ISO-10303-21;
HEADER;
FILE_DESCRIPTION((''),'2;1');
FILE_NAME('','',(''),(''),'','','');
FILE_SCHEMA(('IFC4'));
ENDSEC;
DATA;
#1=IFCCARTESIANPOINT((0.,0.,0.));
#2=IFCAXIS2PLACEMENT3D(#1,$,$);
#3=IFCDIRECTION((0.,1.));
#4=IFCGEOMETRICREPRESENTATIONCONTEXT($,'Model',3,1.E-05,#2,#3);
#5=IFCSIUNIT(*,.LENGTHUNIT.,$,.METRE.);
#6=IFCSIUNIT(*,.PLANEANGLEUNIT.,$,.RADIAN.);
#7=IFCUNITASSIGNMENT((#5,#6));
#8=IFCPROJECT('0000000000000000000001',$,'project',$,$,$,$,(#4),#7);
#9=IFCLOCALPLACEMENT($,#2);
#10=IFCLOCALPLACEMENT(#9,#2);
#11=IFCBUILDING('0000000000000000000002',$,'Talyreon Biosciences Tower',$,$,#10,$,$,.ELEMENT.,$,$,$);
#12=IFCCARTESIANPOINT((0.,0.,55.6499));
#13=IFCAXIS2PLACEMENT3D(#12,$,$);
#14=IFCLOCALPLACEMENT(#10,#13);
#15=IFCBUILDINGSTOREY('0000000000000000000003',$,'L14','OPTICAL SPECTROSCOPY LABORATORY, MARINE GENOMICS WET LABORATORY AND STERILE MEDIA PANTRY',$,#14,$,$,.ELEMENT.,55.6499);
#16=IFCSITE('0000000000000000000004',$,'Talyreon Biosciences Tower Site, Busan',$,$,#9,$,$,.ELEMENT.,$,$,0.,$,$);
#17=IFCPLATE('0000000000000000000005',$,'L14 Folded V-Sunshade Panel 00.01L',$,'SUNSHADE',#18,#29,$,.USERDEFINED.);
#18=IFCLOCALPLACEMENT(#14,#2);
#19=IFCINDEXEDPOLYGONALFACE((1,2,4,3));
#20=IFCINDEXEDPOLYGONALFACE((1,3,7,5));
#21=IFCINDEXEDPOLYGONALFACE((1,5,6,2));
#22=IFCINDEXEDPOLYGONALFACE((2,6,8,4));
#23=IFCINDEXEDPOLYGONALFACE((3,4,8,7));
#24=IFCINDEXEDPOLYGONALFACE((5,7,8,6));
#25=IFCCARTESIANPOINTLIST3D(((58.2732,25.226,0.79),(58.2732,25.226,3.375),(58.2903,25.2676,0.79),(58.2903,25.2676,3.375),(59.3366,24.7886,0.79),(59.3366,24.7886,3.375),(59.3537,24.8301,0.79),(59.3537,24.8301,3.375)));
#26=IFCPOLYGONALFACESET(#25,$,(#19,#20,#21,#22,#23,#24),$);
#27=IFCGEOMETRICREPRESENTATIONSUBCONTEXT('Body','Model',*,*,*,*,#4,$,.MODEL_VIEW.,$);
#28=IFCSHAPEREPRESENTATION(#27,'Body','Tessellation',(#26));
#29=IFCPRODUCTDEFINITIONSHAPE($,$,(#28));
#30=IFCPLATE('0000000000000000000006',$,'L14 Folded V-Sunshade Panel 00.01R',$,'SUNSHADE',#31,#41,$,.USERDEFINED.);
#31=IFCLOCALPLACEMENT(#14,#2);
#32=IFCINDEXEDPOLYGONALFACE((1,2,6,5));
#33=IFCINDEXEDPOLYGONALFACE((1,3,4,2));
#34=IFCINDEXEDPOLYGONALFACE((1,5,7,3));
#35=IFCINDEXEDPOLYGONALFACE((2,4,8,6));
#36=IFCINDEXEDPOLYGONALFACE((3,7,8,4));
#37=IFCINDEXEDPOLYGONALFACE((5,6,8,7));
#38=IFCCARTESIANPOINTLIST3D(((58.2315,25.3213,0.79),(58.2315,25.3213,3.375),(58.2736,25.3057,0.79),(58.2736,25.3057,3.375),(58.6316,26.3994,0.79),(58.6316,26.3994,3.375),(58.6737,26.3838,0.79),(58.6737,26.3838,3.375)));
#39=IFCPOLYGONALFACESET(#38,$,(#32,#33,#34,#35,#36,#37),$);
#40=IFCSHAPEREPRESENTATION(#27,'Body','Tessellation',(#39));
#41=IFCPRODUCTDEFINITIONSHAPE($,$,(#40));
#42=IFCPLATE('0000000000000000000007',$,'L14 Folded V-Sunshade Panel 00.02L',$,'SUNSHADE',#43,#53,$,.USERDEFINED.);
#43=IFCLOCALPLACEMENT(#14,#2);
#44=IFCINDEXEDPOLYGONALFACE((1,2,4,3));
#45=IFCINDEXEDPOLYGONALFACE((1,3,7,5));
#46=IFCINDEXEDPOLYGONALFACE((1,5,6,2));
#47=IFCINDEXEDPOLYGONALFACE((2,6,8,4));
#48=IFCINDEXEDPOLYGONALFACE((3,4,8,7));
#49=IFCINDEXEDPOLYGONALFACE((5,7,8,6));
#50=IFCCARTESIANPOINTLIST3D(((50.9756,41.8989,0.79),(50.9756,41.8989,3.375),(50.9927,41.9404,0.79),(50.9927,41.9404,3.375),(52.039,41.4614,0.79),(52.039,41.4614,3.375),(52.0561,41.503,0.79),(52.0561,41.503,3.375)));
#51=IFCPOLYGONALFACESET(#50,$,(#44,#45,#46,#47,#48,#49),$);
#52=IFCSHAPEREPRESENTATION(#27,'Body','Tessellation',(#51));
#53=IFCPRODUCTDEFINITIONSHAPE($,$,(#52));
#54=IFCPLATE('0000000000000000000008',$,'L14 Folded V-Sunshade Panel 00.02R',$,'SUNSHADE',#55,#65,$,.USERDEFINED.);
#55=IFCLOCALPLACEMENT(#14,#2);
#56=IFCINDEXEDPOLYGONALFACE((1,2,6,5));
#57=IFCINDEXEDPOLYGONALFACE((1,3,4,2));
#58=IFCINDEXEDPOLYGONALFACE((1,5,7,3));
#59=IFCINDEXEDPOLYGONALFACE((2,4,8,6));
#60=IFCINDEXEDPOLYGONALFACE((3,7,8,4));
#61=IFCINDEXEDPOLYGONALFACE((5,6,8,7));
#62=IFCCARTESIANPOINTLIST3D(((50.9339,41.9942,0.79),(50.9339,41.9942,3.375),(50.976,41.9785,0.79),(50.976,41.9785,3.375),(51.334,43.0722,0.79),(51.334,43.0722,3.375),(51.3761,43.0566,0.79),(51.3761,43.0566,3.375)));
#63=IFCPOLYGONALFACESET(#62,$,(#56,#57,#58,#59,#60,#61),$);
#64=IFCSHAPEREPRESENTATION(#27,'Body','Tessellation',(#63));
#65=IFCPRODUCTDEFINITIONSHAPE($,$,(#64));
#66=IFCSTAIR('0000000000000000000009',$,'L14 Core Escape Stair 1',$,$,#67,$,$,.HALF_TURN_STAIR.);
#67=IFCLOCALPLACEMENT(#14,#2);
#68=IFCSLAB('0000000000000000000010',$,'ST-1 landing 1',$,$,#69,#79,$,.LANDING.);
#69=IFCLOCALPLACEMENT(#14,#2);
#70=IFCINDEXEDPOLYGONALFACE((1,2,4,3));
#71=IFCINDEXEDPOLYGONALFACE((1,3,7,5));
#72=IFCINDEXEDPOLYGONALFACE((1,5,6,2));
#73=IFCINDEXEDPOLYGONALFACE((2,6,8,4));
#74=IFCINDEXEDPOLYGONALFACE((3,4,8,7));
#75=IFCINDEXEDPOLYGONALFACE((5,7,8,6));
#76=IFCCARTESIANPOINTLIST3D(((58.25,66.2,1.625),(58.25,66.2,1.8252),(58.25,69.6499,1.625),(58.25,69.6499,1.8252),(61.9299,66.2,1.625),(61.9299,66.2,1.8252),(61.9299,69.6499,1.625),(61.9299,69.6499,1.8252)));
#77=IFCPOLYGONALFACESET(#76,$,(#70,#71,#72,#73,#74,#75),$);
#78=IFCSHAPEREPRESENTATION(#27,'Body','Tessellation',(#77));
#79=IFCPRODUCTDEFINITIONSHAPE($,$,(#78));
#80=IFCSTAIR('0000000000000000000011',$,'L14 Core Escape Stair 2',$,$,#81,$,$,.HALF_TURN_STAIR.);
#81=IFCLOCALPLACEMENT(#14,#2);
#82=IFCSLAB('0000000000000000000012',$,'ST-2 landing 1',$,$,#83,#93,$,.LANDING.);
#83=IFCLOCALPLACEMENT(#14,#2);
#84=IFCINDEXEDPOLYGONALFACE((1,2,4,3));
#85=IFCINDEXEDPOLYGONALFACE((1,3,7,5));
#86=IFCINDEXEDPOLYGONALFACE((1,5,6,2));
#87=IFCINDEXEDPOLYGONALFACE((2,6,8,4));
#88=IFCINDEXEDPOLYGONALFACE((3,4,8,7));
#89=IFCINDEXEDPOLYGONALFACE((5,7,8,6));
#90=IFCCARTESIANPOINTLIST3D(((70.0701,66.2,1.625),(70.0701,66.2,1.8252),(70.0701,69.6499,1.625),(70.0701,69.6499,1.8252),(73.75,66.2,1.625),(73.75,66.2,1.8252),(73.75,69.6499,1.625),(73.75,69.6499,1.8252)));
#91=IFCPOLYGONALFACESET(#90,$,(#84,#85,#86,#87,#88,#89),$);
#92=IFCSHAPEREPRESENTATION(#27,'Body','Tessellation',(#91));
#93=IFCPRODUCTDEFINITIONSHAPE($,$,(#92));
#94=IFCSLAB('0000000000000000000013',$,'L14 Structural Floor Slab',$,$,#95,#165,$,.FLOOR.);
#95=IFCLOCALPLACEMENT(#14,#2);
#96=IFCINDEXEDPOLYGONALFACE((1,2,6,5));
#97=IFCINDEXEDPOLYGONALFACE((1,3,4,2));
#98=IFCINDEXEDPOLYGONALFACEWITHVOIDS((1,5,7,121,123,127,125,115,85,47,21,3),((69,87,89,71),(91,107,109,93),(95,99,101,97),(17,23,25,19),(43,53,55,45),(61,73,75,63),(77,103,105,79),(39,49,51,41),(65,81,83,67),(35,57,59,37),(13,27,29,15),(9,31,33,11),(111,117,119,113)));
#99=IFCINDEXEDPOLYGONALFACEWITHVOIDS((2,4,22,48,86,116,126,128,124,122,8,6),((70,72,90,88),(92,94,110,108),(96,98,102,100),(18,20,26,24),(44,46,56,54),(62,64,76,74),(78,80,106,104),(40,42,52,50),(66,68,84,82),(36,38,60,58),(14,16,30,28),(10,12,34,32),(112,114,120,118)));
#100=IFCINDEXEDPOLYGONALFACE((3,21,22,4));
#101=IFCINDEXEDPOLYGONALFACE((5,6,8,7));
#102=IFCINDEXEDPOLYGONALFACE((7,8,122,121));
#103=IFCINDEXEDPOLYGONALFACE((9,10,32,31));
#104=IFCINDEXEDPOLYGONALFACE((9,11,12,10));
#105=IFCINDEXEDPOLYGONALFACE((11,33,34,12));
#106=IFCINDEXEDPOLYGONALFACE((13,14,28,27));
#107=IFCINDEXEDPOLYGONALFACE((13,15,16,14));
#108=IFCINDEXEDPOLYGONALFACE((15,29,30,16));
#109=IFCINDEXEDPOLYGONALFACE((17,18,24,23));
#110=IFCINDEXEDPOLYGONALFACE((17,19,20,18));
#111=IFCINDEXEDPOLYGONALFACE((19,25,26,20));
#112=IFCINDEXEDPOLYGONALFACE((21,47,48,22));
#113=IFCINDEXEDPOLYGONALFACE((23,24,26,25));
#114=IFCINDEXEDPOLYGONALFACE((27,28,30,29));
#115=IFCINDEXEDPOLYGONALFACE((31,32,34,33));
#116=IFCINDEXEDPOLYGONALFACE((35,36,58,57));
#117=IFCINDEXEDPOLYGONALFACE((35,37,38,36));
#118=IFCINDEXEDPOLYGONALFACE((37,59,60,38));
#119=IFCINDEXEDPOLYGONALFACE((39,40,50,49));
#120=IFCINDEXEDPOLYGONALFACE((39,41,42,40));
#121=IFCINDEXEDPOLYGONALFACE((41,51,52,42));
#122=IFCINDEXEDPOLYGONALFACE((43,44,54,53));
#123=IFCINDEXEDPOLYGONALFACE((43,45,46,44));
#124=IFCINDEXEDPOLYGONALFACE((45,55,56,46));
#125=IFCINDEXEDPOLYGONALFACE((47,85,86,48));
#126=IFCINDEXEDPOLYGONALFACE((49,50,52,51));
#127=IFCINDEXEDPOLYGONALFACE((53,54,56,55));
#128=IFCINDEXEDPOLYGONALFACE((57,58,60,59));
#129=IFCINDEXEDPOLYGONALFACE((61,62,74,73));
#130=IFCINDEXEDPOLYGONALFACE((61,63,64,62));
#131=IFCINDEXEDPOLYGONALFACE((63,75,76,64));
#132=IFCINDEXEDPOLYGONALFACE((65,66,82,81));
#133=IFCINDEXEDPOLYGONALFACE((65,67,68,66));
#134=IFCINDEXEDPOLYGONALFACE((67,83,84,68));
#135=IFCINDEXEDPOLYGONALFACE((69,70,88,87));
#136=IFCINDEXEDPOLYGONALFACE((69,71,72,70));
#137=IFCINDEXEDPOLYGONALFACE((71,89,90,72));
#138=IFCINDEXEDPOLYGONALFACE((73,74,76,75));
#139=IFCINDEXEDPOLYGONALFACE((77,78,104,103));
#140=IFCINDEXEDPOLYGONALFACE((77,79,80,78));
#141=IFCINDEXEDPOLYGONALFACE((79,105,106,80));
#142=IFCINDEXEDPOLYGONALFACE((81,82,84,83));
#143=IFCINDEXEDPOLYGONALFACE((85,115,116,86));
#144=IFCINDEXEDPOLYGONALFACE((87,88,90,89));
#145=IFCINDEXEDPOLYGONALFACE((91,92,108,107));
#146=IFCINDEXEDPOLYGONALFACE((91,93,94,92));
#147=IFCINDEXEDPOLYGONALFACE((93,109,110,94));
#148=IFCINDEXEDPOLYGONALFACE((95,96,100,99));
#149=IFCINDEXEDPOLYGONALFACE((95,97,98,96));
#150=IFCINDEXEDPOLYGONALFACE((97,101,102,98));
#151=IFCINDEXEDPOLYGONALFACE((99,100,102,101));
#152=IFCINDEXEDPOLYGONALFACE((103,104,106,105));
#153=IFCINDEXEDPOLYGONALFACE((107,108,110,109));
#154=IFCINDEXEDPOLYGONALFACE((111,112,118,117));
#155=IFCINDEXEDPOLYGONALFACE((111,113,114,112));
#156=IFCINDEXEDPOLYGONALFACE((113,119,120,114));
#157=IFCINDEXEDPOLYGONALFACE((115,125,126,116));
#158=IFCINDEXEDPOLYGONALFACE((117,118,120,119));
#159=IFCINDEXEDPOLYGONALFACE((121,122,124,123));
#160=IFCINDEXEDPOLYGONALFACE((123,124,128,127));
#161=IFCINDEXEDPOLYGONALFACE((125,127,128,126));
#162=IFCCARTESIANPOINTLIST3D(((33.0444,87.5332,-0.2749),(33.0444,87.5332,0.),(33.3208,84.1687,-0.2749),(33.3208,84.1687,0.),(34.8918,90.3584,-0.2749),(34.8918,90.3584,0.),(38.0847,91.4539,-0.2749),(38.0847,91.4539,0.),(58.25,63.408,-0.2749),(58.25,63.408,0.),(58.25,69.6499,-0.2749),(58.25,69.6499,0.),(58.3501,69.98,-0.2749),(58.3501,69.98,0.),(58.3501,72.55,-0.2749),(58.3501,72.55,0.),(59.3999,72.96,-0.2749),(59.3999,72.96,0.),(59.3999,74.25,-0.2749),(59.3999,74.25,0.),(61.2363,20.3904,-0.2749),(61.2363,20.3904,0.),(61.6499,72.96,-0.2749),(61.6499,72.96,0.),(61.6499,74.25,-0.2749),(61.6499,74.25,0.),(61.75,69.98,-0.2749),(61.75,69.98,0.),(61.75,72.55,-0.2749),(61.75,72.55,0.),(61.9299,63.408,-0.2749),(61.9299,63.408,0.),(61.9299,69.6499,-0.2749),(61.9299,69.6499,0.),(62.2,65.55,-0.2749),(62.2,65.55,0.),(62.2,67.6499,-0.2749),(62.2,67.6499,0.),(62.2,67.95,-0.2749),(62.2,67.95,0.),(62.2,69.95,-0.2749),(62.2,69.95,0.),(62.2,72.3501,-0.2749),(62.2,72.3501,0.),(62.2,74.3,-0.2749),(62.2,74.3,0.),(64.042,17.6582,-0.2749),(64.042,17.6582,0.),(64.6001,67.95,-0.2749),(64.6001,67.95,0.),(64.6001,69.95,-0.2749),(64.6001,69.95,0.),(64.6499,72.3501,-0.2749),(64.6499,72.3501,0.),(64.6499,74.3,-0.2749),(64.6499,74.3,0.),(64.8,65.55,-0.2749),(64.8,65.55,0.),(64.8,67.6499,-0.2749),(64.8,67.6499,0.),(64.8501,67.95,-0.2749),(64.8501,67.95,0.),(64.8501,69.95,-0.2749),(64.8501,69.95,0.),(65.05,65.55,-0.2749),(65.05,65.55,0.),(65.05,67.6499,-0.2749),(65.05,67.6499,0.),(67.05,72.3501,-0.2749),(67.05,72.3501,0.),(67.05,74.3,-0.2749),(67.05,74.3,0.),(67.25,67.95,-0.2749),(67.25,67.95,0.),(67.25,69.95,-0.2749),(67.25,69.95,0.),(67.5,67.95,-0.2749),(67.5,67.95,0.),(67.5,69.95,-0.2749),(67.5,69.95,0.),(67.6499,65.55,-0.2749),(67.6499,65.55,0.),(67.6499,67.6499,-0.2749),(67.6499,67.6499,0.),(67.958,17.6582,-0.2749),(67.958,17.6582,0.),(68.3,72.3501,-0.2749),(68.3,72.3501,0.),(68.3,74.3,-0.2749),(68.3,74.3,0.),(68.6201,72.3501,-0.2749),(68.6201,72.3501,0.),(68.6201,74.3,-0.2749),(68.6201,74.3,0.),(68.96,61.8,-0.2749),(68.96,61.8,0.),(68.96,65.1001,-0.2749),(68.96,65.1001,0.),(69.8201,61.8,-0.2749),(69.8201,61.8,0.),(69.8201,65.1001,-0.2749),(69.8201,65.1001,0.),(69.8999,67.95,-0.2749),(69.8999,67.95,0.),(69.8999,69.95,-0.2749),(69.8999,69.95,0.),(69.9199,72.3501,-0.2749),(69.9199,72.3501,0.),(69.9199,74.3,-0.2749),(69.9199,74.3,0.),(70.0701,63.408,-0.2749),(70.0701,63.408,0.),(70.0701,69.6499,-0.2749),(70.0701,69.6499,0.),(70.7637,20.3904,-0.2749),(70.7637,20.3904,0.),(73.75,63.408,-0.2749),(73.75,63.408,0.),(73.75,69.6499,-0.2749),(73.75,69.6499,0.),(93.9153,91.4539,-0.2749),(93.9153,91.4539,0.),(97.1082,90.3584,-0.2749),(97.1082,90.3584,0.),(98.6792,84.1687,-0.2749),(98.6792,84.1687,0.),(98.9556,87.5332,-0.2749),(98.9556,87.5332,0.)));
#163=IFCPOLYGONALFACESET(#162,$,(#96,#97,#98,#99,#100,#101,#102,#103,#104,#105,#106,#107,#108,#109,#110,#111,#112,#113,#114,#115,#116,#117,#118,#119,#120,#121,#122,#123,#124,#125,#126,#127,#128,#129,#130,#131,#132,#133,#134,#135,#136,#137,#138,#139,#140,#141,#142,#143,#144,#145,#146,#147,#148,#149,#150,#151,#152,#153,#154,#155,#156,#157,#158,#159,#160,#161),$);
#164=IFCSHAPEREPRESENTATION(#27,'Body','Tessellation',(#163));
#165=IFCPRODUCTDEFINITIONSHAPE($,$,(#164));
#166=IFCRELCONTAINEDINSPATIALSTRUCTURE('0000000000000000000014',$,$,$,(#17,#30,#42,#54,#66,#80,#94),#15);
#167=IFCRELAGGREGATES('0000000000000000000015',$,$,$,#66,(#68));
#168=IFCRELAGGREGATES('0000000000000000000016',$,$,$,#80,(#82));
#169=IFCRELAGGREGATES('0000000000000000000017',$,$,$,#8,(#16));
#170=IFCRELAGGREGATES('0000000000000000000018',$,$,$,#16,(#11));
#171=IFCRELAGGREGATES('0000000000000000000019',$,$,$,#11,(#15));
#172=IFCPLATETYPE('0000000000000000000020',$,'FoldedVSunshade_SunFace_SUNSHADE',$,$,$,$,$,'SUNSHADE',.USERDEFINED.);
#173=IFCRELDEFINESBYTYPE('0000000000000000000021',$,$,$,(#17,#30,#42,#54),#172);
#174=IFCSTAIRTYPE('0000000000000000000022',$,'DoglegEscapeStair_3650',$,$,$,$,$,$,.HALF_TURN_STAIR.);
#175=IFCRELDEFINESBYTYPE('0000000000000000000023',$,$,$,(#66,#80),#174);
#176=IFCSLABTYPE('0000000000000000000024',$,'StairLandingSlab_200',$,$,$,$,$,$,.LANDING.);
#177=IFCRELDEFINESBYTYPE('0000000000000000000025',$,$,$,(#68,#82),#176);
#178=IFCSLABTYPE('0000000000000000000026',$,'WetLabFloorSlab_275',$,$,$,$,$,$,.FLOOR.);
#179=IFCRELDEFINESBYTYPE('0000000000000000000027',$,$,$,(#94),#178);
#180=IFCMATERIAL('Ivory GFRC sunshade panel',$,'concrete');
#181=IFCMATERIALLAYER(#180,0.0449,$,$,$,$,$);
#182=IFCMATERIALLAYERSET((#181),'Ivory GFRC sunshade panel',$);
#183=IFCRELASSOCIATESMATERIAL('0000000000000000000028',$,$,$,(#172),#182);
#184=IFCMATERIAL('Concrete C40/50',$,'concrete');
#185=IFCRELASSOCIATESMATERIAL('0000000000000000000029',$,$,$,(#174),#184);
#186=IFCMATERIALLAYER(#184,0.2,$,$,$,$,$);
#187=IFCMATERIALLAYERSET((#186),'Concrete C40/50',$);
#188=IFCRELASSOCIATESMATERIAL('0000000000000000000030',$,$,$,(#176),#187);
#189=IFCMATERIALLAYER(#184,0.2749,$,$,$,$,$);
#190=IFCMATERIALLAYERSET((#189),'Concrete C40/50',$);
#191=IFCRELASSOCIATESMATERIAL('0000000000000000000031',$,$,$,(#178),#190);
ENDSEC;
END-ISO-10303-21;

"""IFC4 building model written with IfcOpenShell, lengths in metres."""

from ifc_helpers import new_model, si_unit, direction, frame, origin, origin_2d, place, context, subcontext, project, spatial, polyline, rectangle, outline, extrude, material, layer, layer_set, type_object, element, aggregate, save


model = new_model("IFC4")

# Units and contexts
model_context = context("Model", 3, precision=1e-05, world=origin(), true_north=direction((0.0, 1.0)))
body_context = subcontext(model_context, "Body", "Model", "MODEL_VIEW")
ifc_project = project(units=[si_unit("LENGTHUNIT", "METRE"), si_unit("PLANEANGLEUNIT", "RADIAN")], contexts=[model_context])

# Site, building, storey
site_placement = place(None, origin())
site = spatial("IfcSite", under=ifc_project, at=site_placement, Name="Talyreon Biosciences Tower Site, Busan", CompositionType="ELEMENT", RefElevation=0.0)
building_placement = place(site_placement, origin())
building = spatial("IfcBuilding", under=site, at=building_placement, Name="Talyreon Biosciences Tower", CompositionType="ELEMENT")
storey_placement = place(building_placement, frame((0.0, 0.0, 55.6499)))
storey = spatial("IfcBuildingStorey", under=building, at=storey_placement, Name="L14", Description="OPTICAL SPECTROSCOPY LABORATORY, MARINE GENOMICS WET LABORATORY AND STERILE MEDIA PANTRY", CompositionType="ELEMENT", Elevation=55.6499)

# Plates
ifc_material_1 = material(Name="Ivory GFRC sunshade panel", Category="concrete")
ifc_layer_1 = layer(ifc_material_1, 0.0449)
ifc_layer_set_1 = layer_set([ifc_layer_1], Name="Ivory GFRC sunshade panel")
plate_type_1 = type_object("IfcPlateType", Name="FoldedVSunshade_SunFace_SUNSHADE", ElementType="SUNSHADE", PredefinedType="USERDEFINED", material=ifc_layer_set_1)
for number, where, z_axis, x_axis, name in (
    (1, (58.8135, 25.0281, 0.79), (0.0, 0.0, 1.0), (-0.924805, 0.380441, 0.0), "L14 Folded V-Sunshade Panel 00.01L"),
    (2, (58.4526, 25.8525, 0.79), (0.0, 0.0, 1.0), (0.347934, 0.937519, 0.0), "L14 Folded V-Sunshade Panel 00.01R"),
    (3, (51.5159, 41.7009, 0.79), (0.0, 0.0, 1.0), (-0.924805, 0.380441, 0.0), "L14 Folded V-Sunshade Panel 00.02L"),
    (4, (51.155, 42.5254, 0.79), (0.0, 0.0, 1.0), (0.347934, 0.937519, 0.0), "L14 Folded V-Sunshade Panel 00.02R"),
):
    element("IfcPlate", number, at=place(storey_placement, frame(where, z_axis=z_axis, x_axis=x_axis)), inside=storey, type_object=plate_type_1, Name=name, ObjectType="SUNSHADE", PredefinedType="USERDEFINED", context=body_context, shape_type="SweptSolid", body=[
        extrude(rectangle(XDim=1.1499, YDim=0.0449, at=origin_2d()), origin(), (0.0, 0.0, 1.0), 2.585),
    ])

# Stairs, slabs
ifc_material_2 = material(Name="Concrete C40/50", Category="concrete")
stair_type = type_object("IfcStairType", Name="DoglegEscapeStair_3650", PredefinedType="HALF_TURN_STAIR", material=ifc_material_2)
stair_1_placement = place(storey_placement, origin())
stair_1 = element("IfcStair", 5, at=stair_1_placement, inside=storey, type_object=stair_type, Name="L14 Core Escape Stair 1", PredefinedType="HALF_TURN_STAIR")
ifc_layer_2 = layer(ifc_material_2, 0.2)
ifc_layer_set_2 = layer_set([ifc_layer_2], Name="Concrete C40/50")
slab_type_1 = type_object("IfcSlabType", Name="StairLandingSlab_200", PredefinedType="LANDING", material=ifc_layer_set_2)
slab_1_placement = place(storey_placement, frame((0.0, 0.0, 1.625)))
slab_1 = element("IfcSlab", 6, at=slab_1_placement, type_object=slab_type_1, Name="ST-1 landing 1", PredefinedType="LANDING", context=body_context, shape_type="SweptSolid", body=[
    extrude(outline(polyline([(61.9299, 66.2), (61.9299, 69.6499), (58.25, 69.6499), (58.25, 66.2), (61.9299, 66.2)])), origin(), (0.0, 0.0, 1.0), 0.2002),
])
aggregate(stair_1, [slab_1])
stair_2_placement = place(storey_placement, origin())
stair_2 = element("IfcStair", 7, at=stair_2_placement, inside=storey, type_object=stair_type, Name="L14 Core Escape Stair 2", PredefinedType="HALF_TURN_STAIR")
slab_2_placement = place(storey_placement, frame((0.0, 0.0, 1.625)))
slab_2 = element("IfcSlab", 8, at=slab_2_placement, type_object=slab_type_1, Name="ST-2 landing 1", PredefinedType="LANDING", context=body_context, shape_type="SweptSolid", body=[
    extrude(outline(polyline([(73.75, 66.2), (73.75, 69.6499), (70.0701, 69.6499), (70.0701, 66.2), (73.75, 66.2)])), origin(), (0.0, 0.0, 1.0), 0.2002),
])
aggregate(stair_2, [slab_2])

# Slab
ifc_layer_3 = layer(ifc_material_2, 0.2749)
ifc_layer_set_3 = layer_set([ifc_layer_3], Name="Concrete C40/50")
slab_type_2 = type_object("IfcSlabType", Name="WetLabFloorSlab_275", PredefinedType="FLOOR", material=ifc_layer_set_3)
slab_3_placement = place(storey_placement, frame((0.0, 0.0, -0.2749)))
element("IfcSlab", 9, at=slab_3_placement, inside=storey, type_object=slab_type_2, Name="L14 Structural Floor Slab", PredefinedType="FLOOR", context=body_context, shape_type="SweptSolid", body=[
    extrude(outline(polyline([(61.2363, 20.3904), (33.3208, 84.1687), (33.0444, 87.5332), (34.8918, 90.3584), (38.0847, 91.4539), (93.9153, 91.4539), (97.1082, 90.3584), (98.9556, 87.5332), (98.6792, 84.1687), (70.7637, 20.3904), (67.958, 17.6582), (64.042, 17.6582), (61.2363, 20.3904)]), holes=[polyline([(61.9299, 69.6499), (61.9299, 63.408), (58.25, 63.408), (58.25, 69.6499), (61.9299, 69.6499)]), polyline([(64.8, 65.55), (62.2, 65.55), (62.2, 67.6499), (64.8, 67.6499), (64.8, 65.55)]), polyline([(64.6001, 67.95), (62.2, 67.95), (62.2, 69.95), (64.6001, 69.95), (64.6001, 67.95)]), polyline([(67.25, 69.95), (67.25, 67.95), (64.8501, 67.95), (64.8501, 69.95), (67.25, 69.95)]), polyline([(61.75, 69.98), (58.3501, 69.98), (58.3501, 72.55), (61.75, 72.55), (61.75, 69.98)]), polyline([(64.6499, 72.3501), (62.2, 72.3501), (62.2, 74.3), (64.6499, 74.3), (64.6499, 72.3501)]), polyline([(61.6499, 74.25), (61.6499, 72.96), (59.3999, 72.96), (59.3999, 74.25), (61.6499, 74.25)]), polyline([(69.8201, 61.8), (68.96, 61.8), (68.96, 65.1001), (69.8201, 65.1001), (69.8201, 61.8)]), polyline([(73.75, 63.408), (70.0701, 63.408), (70.0701, 69.6499), (73.75, 69.6499), (73.75, 63.408)]), polyline([(67.6499, 65.55), (65.05, 65.55), (65.05, 67.6499), (67.6499, 67.6499), (67.6499, 65.55)]), polyline([(69.8999, 67.95), (67.5, 67.95), (67.5, 69.95), (69.8999, 69.95), (69.8999, 67.95)]), polyline([(68.3, 72.3501), (67.05, 72.3501), (67.05, 74.3), (68.3, 74.3), (68.3, 72.3501)]), polyline([(69.9199, 72.3501), (68.6201, 72.3501), (68.6201, 74.3), (69.9199, 74.3), (69.9199, 72.3501)])]), origin(), (0.0, 0.0, 1.0), 0.2749),
])

save(model, "model.ifc")
